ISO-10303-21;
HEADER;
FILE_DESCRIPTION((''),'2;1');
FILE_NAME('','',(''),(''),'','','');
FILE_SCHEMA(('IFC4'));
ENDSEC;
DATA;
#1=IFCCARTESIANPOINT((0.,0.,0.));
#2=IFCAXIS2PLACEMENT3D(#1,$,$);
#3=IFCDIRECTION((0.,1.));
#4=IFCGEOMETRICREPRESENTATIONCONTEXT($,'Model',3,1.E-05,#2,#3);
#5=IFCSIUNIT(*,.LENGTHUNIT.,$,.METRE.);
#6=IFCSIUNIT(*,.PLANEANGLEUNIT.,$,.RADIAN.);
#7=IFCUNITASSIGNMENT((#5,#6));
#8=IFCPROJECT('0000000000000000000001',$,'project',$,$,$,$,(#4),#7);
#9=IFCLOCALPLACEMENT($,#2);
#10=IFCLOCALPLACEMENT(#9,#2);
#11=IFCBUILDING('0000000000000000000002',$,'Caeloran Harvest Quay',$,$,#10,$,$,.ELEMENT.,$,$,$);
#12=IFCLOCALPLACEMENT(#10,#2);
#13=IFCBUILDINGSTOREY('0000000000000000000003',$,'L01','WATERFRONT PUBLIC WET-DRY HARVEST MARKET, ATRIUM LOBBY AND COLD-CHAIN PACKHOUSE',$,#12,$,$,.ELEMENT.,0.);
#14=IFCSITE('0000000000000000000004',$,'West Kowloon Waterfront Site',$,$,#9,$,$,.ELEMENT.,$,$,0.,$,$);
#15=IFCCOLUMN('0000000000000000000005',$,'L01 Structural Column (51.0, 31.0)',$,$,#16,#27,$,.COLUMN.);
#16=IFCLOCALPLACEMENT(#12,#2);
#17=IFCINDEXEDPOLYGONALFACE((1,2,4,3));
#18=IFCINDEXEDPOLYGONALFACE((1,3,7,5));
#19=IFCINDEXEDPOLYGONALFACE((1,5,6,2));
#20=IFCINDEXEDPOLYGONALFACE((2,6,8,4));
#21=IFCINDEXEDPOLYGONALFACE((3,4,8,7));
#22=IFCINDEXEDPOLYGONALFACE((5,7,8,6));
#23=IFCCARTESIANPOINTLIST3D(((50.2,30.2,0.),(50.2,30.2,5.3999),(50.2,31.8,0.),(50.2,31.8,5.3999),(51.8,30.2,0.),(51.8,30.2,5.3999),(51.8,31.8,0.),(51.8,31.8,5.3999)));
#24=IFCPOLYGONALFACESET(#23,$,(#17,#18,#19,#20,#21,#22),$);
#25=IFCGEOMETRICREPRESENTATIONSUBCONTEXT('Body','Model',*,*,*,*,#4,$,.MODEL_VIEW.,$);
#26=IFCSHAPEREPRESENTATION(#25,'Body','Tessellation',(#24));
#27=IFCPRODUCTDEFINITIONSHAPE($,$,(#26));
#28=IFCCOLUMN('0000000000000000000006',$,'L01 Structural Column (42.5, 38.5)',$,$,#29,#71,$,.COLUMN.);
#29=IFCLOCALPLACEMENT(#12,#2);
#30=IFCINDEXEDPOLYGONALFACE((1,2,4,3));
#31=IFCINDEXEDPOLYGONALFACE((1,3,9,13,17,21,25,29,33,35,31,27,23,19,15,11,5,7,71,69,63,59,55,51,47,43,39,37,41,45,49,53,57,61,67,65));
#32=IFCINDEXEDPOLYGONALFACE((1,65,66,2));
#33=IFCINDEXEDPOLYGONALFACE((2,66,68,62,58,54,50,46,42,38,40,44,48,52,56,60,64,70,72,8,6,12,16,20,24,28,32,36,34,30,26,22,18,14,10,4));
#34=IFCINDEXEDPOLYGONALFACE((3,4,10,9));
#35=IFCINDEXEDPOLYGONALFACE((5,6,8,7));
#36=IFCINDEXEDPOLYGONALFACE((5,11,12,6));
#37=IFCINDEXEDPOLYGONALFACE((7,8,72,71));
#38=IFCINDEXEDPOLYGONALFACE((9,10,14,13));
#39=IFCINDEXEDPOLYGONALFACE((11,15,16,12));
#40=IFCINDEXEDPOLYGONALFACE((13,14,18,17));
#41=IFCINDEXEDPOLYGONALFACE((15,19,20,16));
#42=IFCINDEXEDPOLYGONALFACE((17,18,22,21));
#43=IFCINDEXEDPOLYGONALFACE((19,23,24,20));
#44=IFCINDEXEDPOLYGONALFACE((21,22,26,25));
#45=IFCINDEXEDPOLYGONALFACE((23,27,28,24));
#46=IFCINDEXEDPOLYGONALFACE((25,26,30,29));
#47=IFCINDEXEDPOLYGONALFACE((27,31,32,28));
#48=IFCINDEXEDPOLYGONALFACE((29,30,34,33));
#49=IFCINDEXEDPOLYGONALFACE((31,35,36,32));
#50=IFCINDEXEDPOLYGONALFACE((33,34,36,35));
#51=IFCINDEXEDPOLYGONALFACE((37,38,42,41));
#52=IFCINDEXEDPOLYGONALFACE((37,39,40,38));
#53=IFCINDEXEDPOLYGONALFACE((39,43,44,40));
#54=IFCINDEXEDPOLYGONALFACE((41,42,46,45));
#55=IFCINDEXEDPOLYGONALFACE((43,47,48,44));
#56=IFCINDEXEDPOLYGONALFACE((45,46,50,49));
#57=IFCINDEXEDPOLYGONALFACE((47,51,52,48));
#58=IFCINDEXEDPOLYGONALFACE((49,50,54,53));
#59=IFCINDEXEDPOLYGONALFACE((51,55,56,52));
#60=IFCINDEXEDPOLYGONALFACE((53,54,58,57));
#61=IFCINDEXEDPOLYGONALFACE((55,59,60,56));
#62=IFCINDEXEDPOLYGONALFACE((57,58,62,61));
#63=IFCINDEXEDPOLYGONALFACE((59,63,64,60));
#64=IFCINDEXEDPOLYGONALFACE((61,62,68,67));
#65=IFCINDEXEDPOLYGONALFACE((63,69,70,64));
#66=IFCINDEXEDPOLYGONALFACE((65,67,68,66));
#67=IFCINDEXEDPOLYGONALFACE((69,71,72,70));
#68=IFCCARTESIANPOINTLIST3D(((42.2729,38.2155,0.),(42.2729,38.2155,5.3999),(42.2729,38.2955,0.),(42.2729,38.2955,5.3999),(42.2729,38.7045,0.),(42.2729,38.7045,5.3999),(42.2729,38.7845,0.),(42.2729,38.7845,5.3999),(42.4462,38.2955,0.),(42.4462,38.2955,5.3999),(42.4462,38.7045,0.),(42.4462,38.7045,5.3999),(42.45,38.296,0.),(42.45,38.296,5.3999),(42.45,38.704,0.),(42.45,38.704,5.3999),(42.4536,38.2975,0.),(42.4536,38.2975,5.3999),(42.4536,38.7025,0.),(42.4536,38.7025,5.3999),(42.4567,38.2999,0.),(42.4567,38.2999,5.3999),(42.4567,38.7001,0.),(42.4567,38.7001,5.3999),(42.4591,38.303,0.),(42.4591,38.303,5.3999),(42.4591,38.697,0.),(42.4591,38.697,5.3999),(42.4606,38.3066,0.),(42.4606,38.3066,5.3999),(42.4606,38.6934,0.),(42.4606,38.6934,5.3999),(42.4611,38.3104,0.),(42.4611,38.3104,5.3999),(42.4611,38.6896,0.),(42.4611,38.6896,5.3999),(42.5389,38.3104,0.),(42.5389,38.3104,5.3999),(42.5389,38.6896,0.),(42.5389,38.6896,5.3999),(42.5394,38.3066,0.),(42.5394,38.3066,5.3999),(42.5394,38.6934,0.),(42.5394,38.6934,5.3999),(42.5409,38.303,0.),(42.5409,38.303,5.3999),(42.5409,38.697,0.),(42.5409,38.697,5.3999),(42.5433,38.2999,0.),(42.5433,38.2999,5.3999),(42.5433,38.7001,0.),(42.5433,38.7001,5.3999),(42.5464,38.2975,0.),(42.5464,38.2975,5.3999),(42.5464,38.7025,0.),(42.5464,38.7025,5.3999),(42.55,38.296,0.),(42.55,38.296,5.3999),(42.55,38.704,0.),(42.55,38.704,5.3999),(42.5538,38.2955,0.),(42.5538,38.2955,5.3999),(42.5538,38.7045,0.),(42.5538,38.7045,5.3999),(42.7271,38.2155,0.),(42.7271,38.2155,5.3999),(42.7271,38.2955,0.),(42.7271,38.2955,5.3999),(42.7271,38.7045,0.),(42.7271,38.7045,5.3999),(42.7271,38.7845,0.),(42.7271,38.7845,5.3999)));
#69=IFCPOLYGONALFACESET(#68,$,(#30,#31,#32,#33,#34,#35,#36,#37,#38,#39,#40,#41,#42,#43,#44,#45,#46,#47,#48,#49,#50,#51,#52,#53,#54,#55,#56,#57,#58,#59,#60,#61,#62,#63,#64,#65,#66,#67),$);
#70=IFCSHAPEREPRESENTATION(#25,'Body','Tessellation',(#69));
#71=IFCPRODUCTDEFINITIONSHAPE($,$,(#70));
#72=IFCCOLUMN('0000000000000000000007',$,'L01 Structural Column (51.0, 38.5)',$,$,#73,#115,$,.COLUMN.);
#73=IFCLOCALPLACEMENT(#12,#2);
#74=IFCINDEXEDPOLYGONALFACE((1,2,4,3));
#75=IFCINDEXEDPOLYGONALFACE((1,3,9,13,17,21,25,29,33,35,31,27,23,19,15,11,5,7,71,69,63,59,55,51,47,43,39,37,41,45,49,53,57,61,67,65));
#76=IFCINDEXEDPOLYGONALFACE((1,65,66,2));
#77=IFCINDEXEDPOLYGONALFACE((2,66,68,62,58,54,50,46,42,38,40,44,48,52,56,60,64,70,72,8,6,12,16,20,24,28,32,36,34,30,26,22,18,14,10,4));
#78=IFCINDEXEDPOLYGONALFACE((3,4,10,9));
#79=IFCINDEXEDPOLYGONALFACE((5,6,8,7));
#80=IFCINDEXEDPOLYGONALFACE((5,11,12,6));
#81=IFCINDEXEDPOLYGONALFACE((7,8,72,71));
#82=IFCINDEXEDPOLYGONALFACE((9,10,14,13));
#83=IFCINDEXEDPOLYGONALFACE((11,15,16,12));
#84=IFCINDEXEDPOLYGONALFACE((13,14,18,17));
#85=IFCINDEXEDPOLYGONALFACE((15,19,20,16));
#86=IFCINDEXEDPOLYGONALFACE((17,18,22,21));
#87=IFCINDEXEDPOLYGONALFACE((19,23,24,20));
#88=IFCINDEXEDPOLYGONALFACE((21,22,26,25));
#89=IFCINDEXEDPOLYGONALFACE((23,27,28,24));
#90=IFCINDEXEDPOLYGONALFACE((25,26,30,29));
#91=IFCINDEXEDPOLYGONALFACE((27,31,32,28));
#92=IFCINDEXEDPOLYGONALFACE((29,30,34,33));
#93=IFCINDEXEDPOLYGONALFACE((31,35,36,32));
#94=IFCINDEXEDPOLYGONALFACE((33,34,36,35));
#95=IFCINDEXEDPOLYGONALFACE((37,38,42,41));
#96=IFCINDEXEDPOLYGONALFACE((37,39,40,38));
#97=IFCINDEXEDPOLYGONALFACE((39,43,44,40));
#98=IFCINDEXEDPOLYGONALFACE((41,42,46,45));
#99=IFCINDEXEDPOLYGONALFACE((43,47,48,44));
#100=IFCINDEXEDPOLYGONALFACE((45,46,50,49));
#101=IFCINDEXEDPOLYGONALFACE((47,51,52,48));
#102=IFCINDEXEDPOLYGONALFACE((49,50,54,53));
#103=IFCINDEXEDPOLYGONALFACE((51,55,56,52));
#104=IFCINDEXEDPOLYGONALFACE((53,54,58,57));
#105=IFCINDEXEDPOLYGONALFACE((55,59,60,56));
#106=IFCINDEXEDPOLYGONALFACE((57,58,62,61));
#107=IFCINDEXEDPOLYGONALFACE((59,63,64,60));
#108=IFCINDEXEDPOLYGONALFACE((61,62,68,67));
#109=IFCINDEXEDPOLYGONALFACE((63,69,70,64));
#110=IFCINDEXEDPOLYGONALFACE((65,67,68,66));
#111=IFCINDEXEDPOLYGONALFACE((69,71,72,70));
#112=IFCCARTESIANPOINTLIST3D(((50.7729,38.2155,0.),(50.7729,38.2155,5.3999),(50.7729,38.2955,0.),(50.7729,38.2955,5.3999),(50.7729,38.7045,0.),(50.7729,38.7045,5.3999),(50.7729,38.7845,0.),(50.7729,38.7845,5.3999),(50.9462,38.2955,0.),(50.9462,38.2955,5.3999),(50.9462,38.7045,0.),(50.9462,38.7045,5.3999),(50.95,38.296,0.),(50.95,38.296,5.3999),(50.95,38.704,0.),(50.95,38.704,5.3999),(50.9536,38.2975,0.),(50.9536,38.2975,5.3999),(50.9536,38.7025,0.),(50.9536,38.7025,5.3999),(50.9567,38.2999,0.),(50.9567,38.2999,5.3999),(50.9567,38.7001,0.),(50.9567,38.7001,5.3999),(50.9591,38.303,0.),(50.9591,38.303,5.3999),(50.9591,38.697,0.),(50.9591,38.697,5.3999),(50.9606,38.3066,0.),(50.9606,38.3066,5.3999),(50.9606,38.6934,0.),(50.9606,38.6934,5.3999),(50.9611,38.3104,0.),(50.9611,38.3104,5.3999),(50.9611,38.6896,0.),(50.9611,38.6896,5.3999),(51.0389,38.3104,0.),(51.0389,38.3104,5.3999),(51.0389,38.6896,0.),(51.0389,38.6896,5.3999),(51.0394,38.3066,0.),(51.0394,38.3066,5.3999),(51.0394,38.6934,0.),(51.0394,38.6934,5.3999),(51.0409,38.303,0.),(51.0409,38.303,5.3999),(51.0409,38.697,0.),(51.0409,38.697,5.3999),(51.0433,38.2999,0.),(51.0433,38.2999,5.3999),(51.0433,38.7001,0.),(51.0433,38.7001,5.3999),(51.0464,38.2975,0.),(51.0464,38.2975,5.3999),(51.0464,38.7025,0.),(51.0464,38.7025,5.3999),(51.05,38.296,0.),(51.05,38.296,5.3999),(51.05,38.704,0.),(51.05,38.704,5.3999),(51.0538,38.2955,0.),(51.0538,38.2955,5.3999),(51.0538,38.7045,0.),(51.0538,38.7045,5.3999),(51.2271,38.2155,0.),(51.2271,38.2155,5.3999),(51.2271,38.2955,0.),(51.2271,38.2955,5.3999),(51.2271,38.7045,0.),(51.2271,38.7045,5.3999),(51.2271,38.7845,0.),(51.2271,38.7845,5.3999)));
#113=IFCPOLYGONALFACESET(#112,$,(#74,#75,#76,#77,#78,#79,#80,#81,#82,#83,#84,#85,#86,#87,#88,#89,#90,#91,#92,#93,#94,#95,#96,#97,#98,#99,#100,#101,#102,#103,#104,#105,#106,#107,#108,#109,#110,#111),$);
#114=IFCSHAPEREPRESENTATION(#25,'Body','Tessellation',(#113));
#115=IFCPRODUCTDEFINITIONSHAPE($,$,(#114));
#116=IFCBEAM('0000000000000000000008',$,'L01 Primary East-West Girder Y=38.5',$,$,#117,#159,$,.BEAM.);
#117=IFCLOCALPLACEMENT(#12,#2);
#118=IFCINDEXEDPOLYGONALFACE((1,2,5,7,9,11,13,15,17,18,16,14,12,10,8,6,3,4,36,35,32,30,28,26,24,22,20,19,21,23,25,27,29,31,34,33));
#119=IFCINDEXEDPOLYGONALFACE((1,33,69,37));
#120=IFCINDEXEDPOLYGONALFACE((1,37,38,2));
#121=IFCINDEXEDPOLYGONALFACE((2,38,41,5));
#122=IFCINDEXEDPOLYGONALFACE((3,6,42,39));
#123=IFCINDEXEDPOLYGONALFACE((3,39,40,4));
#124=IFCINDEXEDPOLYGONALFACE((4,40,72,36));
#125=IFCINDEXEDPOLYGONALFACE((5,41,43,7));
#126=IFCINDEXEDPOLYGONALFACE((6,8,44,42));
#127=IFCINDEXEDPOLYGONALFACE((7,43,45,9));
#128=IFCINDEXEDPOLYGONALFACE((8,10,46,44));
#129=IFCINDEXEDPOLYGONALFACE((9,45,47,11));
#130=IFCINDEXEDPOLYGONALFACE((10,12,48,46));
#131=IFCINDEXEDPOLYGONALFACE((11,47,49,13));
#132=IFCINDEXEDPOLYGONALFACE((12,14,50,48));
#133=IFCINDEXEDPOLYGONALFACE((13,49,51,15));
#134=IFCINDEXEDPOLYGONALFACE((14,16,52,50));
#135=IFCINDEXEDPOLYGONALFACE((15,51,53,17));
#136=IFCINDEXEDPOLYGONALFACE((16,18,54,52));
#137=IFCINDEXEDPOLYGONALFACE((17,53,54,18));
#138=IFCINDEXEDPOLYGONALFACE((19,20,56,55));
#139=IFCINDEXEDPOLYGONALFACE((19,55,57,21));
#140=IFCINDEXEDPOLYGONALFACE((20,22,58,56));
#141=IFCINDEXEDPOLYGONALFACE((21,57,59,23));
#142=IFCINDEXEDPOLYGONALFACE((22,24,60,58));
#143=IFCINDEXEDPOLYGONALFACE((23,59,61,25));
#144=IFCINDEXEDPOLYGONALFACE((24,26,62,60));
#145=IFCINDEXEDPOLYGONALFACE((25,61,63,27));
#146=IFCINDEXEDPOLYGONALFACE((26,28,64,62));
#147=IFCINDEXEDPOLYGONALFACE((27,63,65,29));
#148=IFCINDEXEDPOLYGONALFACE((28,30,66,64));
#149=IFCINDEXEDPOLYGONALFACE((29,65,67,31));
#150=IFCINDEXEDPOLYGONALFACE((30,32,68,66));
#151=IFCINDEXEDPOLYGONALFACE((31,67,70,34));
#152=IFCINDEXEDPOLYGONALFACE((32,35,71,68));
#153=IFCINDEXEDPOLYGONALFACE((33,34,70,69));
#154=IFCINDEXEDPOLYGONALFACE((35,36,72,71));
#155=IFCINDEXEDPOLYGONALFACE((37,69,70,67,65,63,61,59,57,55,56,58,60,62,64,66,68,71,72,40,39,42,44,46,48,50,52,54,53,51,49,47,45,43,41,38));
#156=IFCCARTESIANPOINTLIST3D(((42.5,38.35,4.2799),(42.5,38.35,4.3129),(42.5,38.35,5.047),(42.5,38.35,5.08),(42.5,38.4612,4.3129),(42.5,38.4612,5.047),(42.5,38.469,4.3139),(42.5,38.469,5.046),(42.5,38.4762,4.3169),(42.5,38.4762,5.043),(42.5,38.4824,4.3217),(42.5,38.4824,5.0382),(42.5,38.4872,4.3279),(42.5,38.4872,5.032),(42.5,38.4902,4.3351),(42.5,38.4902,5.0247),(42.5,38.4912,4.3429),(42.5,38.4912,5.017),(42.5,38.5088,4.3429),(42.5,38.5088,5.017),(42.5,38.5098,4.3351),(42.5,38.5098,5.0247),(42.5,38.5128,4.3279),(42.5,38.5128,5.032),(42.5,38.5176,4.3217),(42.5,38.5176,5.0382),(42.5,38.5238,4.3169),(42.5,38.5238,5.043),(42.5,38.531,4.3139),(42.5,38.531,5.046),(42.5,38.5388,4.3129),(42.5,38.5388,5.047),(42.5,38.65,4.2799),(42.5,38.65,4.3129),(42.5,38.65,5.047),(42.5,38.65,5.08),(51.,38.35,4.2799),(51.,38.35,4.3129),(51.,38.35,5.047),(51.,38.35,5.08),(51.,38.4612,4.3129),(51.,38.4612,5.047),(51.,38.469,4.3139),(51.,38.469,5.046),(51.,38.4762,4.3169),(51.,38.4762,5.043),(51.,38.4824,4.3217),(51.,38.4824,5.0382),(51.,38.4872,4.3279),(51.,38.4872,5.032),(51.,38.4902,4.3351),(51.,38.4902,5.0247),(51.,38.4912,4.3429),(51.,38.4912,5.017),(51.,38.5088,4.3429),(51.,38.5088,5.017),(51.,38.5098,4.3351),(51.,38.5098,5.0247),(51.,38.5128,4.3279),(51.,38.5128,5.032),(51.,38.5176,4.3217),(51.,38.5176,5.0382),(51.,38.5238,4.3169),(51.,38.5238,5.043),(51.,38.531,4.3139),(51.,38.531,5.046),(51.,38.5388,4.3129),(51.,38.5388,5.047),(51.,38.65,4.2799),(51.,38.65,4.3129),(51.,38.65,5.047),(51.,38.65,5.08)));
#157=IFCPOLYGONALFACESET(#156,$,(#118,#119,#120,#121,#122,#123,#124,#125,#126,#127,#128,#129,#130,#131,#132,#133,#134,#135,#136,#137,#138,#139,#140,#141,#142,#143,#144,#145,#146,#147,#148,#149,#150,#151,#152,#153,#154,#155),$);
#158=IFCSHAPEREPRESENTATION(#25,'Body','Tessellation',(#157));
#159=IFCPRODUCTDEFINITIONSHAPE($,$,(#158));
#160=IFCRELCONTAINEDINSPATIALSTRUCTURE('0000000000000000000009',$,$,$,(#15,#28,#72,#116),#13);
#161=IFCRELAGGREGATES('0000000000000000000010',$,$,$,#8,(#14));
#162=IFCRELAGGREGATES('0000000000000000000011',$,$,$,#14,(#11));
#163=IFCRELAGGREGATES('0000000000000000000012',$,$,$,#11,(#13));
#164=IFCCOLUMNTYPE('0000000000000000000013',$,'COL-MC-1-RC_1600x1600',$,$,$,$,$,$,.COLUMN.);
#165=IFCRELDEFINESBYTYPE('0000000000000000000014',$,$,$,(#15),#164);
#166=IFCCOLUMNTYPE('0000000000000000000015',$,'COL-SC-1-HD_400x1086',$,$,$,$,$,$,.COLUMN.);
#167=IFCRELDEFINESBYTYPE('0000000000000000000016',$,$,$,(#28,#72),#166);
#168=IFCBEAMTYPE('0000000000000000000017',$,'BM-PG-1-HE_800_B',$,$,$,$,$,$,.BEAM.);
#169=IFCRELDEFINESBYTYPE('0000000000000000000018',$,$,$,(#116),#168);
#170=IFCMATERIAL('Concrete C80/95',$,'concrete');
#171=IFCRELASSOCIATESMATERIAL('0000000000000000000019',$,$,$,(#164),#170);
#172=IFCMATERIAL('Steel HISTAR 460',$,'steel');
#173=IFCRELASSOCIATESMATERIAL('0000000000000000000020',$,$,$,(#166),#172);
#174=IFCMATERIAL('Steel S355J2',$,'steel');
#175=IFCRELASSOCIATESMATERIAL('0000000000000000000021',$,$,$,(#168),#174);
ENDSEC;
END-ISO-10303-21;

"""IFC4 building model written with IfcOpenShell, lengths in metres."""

from ifc_helpers import new_model, si_unit, direction, frame, origin, origin_2d, place, context, subcontext, project, spatial, rectangle, i_section, extrude, material, material_profile, profile_set, type_object, element, save


model = new_model("IFC4")

# Units and contexts
model_context = context("Model", 3, precision=1e-05, world=origin(), true_north=direction((0.0, 1.0)))
body_context = subcontext(model_context, "Body", "Model", "MODEL_VIEW")
ifc_project = project(units=[si_unit("LENGTHUNIT", "METRE"), si_unit("PLANEANGLEUNIT", "RADIAN")], contexts=[model_context])

# Site, building, storey
site_placement = place(None, origin())
site = spatial("IfcSite", under=ifc_project, at=site_placement, Name="West Kowloon Waterfront Site", CompositionType="ELEMENT", RefElevation=0.0)
building_placement = place(site_placement, origin())
building = spatial("IfcBuilding", under=site, at=building_placement, Name="Caeloran Harvest Quay", CompositionType="ELEMENT")
storey_placement = place(building_placement, origin())
storey = spatial("IfcBuildingStorey", under=building, at=storey_placement, Name="L01", Description="WATERFRONT PUBLIC WET-DRY HARVEST MARKET, ATRIUM LOBBY AND COLD-CHAIN PACKHOUSE", CompositionType="ELEMENT", Elevation=0.0)

# Columns
ifc_material_1 = material(Name="Concrete C80/95", Category="concrete")
ifc_material_profile_1 = material_profile(ifc_material_1, rectangle(XDim=1.6001, YDim=1.6001, at=origin_2d()), Name="RC 1600x1600")
ifc_profile_set_1 = profile_set([ifc_material_profile_1], Name="Concrete C80/95")
column_type_1 = type_object("IfcColumnType", Name="COL-MC-1-RC_1600x1600", PredefinedType="COLUMN", material=ifc_profile_set_1)
column_placement = place(storey_placement, frame((51.0, 31.0, 0.0), z_axis=(0.0, 0.0, 1.0), x_axis=(1.0, 0.0, 0.0)))
element("IfcColumn", 1, at=column_placement, inside=storey, type_object=column_type_1, Name="L01 Structural Column (51.0, 31.0)", PredefinedType="COLUMN", context=body_context, shape_type="SweptSolid", body=[
    extrude(rectangle(XDim=1.6001, YDim=1.6001, at=origin_2d()), origin(), (0.0, 0.0, 1.0), 5.3999),
])
ifc_material_2 = material(Name="Steel HISTAR 460", Category="steel")
ifc_material_profile_2 = material_profile(ifc_material_2, i_section(OverallWidth=0.4541, OverallDepth=0.5691, WebThickness=0.0779, FlangeThickness=0.0801, FilletRadius=0.0149, at=origin_2d()), Name="HD 400x1086")
ifc_profile_set_2 = profile_set([ifc_material_profile_2], Name="Steel HISTAR 460")
column_type_2 = type_object("IfcColumnType", Name="COL-SC-1-HD_400x1086", PredefinedType="COLUMN", material=ifc_profile_set_2)
for number, where, z_axis, x_axis, name in (
    (2, (42.5, 38.5, 0.0), (0.0, 0.0, 1.0), (1.0, 0.0, 0.0), "L01 Structural Column (42.5, 38.5)"),
    (3, (51.0, 38.5, 0.0), (0.0, 0.0, 1.0), (1.0, 0.0, 0.0), "L01 Structural Column (51.0, 38.5)"),
):
    element("IfcColumn", number, at=place(storey_placement, frame(where, z_axis=z_axis, x_axis=x_axis)), inside=storey, type_object=column_type_2, Name=name, PredefinedType="COLUMN", context=body_context, shape_type="SweptSolid", body=[
        extrude(i_section(OverallWidth=0.4541, OverallDepth=0.5691, WebThickness=0.0779, FlangeThickness=0.0801, FilletRadius=0.0149, at=origin_2d()), origin(), (0.0, 0.0, 1.0), 5.3999),
    ])

# Beam
ifc_material_3 = material(Name="Steel S355J2", Category="steel")
ifc_material_profile_3 = material_profile(ifc_material_3, i_section(OverallWidth=0.3, OverallDepth=0.8, WebThickness=0.0176, FlangeThickness=0.033, FilletRadius=0.03, at=origin_2d()), Name="HE 800 B")
ifc_profile_set_3 = profile_set([ifc_material_profile_3], Name="Steel S355J2")
beam_type_1 = type_object("IfcBeamType", Name="BM-PG-1-HE_800_B", PredefinedType="BEAM", material=ifc_profile_set_3)
beam_placement = place(storey_placement, frame((42.5, 38.5, 4.6799), z_axis=(1.0, 0.0, 0.0), x_axis=(0.0, 1.0, 0.0)))
element("IfcBeam", 4, at=beam_placement, inside=storey, type_object=beam_type_1, Name="L01 Primary East-West Girder Y=38.5", PredefinedType="BEAM", context=body_context, shape_type="SweptSolid", body=[
    extrude(i_section(OverallWidth=0.3, OverallDepth=0.8, WebThickness=0.0176, FlangeThickness=0.033, FilletRadius=0.03, at=origin_2d()), origin(), (0.0, 0.0, 1.0), 8.5),
])

save(model, "model.ifc")
